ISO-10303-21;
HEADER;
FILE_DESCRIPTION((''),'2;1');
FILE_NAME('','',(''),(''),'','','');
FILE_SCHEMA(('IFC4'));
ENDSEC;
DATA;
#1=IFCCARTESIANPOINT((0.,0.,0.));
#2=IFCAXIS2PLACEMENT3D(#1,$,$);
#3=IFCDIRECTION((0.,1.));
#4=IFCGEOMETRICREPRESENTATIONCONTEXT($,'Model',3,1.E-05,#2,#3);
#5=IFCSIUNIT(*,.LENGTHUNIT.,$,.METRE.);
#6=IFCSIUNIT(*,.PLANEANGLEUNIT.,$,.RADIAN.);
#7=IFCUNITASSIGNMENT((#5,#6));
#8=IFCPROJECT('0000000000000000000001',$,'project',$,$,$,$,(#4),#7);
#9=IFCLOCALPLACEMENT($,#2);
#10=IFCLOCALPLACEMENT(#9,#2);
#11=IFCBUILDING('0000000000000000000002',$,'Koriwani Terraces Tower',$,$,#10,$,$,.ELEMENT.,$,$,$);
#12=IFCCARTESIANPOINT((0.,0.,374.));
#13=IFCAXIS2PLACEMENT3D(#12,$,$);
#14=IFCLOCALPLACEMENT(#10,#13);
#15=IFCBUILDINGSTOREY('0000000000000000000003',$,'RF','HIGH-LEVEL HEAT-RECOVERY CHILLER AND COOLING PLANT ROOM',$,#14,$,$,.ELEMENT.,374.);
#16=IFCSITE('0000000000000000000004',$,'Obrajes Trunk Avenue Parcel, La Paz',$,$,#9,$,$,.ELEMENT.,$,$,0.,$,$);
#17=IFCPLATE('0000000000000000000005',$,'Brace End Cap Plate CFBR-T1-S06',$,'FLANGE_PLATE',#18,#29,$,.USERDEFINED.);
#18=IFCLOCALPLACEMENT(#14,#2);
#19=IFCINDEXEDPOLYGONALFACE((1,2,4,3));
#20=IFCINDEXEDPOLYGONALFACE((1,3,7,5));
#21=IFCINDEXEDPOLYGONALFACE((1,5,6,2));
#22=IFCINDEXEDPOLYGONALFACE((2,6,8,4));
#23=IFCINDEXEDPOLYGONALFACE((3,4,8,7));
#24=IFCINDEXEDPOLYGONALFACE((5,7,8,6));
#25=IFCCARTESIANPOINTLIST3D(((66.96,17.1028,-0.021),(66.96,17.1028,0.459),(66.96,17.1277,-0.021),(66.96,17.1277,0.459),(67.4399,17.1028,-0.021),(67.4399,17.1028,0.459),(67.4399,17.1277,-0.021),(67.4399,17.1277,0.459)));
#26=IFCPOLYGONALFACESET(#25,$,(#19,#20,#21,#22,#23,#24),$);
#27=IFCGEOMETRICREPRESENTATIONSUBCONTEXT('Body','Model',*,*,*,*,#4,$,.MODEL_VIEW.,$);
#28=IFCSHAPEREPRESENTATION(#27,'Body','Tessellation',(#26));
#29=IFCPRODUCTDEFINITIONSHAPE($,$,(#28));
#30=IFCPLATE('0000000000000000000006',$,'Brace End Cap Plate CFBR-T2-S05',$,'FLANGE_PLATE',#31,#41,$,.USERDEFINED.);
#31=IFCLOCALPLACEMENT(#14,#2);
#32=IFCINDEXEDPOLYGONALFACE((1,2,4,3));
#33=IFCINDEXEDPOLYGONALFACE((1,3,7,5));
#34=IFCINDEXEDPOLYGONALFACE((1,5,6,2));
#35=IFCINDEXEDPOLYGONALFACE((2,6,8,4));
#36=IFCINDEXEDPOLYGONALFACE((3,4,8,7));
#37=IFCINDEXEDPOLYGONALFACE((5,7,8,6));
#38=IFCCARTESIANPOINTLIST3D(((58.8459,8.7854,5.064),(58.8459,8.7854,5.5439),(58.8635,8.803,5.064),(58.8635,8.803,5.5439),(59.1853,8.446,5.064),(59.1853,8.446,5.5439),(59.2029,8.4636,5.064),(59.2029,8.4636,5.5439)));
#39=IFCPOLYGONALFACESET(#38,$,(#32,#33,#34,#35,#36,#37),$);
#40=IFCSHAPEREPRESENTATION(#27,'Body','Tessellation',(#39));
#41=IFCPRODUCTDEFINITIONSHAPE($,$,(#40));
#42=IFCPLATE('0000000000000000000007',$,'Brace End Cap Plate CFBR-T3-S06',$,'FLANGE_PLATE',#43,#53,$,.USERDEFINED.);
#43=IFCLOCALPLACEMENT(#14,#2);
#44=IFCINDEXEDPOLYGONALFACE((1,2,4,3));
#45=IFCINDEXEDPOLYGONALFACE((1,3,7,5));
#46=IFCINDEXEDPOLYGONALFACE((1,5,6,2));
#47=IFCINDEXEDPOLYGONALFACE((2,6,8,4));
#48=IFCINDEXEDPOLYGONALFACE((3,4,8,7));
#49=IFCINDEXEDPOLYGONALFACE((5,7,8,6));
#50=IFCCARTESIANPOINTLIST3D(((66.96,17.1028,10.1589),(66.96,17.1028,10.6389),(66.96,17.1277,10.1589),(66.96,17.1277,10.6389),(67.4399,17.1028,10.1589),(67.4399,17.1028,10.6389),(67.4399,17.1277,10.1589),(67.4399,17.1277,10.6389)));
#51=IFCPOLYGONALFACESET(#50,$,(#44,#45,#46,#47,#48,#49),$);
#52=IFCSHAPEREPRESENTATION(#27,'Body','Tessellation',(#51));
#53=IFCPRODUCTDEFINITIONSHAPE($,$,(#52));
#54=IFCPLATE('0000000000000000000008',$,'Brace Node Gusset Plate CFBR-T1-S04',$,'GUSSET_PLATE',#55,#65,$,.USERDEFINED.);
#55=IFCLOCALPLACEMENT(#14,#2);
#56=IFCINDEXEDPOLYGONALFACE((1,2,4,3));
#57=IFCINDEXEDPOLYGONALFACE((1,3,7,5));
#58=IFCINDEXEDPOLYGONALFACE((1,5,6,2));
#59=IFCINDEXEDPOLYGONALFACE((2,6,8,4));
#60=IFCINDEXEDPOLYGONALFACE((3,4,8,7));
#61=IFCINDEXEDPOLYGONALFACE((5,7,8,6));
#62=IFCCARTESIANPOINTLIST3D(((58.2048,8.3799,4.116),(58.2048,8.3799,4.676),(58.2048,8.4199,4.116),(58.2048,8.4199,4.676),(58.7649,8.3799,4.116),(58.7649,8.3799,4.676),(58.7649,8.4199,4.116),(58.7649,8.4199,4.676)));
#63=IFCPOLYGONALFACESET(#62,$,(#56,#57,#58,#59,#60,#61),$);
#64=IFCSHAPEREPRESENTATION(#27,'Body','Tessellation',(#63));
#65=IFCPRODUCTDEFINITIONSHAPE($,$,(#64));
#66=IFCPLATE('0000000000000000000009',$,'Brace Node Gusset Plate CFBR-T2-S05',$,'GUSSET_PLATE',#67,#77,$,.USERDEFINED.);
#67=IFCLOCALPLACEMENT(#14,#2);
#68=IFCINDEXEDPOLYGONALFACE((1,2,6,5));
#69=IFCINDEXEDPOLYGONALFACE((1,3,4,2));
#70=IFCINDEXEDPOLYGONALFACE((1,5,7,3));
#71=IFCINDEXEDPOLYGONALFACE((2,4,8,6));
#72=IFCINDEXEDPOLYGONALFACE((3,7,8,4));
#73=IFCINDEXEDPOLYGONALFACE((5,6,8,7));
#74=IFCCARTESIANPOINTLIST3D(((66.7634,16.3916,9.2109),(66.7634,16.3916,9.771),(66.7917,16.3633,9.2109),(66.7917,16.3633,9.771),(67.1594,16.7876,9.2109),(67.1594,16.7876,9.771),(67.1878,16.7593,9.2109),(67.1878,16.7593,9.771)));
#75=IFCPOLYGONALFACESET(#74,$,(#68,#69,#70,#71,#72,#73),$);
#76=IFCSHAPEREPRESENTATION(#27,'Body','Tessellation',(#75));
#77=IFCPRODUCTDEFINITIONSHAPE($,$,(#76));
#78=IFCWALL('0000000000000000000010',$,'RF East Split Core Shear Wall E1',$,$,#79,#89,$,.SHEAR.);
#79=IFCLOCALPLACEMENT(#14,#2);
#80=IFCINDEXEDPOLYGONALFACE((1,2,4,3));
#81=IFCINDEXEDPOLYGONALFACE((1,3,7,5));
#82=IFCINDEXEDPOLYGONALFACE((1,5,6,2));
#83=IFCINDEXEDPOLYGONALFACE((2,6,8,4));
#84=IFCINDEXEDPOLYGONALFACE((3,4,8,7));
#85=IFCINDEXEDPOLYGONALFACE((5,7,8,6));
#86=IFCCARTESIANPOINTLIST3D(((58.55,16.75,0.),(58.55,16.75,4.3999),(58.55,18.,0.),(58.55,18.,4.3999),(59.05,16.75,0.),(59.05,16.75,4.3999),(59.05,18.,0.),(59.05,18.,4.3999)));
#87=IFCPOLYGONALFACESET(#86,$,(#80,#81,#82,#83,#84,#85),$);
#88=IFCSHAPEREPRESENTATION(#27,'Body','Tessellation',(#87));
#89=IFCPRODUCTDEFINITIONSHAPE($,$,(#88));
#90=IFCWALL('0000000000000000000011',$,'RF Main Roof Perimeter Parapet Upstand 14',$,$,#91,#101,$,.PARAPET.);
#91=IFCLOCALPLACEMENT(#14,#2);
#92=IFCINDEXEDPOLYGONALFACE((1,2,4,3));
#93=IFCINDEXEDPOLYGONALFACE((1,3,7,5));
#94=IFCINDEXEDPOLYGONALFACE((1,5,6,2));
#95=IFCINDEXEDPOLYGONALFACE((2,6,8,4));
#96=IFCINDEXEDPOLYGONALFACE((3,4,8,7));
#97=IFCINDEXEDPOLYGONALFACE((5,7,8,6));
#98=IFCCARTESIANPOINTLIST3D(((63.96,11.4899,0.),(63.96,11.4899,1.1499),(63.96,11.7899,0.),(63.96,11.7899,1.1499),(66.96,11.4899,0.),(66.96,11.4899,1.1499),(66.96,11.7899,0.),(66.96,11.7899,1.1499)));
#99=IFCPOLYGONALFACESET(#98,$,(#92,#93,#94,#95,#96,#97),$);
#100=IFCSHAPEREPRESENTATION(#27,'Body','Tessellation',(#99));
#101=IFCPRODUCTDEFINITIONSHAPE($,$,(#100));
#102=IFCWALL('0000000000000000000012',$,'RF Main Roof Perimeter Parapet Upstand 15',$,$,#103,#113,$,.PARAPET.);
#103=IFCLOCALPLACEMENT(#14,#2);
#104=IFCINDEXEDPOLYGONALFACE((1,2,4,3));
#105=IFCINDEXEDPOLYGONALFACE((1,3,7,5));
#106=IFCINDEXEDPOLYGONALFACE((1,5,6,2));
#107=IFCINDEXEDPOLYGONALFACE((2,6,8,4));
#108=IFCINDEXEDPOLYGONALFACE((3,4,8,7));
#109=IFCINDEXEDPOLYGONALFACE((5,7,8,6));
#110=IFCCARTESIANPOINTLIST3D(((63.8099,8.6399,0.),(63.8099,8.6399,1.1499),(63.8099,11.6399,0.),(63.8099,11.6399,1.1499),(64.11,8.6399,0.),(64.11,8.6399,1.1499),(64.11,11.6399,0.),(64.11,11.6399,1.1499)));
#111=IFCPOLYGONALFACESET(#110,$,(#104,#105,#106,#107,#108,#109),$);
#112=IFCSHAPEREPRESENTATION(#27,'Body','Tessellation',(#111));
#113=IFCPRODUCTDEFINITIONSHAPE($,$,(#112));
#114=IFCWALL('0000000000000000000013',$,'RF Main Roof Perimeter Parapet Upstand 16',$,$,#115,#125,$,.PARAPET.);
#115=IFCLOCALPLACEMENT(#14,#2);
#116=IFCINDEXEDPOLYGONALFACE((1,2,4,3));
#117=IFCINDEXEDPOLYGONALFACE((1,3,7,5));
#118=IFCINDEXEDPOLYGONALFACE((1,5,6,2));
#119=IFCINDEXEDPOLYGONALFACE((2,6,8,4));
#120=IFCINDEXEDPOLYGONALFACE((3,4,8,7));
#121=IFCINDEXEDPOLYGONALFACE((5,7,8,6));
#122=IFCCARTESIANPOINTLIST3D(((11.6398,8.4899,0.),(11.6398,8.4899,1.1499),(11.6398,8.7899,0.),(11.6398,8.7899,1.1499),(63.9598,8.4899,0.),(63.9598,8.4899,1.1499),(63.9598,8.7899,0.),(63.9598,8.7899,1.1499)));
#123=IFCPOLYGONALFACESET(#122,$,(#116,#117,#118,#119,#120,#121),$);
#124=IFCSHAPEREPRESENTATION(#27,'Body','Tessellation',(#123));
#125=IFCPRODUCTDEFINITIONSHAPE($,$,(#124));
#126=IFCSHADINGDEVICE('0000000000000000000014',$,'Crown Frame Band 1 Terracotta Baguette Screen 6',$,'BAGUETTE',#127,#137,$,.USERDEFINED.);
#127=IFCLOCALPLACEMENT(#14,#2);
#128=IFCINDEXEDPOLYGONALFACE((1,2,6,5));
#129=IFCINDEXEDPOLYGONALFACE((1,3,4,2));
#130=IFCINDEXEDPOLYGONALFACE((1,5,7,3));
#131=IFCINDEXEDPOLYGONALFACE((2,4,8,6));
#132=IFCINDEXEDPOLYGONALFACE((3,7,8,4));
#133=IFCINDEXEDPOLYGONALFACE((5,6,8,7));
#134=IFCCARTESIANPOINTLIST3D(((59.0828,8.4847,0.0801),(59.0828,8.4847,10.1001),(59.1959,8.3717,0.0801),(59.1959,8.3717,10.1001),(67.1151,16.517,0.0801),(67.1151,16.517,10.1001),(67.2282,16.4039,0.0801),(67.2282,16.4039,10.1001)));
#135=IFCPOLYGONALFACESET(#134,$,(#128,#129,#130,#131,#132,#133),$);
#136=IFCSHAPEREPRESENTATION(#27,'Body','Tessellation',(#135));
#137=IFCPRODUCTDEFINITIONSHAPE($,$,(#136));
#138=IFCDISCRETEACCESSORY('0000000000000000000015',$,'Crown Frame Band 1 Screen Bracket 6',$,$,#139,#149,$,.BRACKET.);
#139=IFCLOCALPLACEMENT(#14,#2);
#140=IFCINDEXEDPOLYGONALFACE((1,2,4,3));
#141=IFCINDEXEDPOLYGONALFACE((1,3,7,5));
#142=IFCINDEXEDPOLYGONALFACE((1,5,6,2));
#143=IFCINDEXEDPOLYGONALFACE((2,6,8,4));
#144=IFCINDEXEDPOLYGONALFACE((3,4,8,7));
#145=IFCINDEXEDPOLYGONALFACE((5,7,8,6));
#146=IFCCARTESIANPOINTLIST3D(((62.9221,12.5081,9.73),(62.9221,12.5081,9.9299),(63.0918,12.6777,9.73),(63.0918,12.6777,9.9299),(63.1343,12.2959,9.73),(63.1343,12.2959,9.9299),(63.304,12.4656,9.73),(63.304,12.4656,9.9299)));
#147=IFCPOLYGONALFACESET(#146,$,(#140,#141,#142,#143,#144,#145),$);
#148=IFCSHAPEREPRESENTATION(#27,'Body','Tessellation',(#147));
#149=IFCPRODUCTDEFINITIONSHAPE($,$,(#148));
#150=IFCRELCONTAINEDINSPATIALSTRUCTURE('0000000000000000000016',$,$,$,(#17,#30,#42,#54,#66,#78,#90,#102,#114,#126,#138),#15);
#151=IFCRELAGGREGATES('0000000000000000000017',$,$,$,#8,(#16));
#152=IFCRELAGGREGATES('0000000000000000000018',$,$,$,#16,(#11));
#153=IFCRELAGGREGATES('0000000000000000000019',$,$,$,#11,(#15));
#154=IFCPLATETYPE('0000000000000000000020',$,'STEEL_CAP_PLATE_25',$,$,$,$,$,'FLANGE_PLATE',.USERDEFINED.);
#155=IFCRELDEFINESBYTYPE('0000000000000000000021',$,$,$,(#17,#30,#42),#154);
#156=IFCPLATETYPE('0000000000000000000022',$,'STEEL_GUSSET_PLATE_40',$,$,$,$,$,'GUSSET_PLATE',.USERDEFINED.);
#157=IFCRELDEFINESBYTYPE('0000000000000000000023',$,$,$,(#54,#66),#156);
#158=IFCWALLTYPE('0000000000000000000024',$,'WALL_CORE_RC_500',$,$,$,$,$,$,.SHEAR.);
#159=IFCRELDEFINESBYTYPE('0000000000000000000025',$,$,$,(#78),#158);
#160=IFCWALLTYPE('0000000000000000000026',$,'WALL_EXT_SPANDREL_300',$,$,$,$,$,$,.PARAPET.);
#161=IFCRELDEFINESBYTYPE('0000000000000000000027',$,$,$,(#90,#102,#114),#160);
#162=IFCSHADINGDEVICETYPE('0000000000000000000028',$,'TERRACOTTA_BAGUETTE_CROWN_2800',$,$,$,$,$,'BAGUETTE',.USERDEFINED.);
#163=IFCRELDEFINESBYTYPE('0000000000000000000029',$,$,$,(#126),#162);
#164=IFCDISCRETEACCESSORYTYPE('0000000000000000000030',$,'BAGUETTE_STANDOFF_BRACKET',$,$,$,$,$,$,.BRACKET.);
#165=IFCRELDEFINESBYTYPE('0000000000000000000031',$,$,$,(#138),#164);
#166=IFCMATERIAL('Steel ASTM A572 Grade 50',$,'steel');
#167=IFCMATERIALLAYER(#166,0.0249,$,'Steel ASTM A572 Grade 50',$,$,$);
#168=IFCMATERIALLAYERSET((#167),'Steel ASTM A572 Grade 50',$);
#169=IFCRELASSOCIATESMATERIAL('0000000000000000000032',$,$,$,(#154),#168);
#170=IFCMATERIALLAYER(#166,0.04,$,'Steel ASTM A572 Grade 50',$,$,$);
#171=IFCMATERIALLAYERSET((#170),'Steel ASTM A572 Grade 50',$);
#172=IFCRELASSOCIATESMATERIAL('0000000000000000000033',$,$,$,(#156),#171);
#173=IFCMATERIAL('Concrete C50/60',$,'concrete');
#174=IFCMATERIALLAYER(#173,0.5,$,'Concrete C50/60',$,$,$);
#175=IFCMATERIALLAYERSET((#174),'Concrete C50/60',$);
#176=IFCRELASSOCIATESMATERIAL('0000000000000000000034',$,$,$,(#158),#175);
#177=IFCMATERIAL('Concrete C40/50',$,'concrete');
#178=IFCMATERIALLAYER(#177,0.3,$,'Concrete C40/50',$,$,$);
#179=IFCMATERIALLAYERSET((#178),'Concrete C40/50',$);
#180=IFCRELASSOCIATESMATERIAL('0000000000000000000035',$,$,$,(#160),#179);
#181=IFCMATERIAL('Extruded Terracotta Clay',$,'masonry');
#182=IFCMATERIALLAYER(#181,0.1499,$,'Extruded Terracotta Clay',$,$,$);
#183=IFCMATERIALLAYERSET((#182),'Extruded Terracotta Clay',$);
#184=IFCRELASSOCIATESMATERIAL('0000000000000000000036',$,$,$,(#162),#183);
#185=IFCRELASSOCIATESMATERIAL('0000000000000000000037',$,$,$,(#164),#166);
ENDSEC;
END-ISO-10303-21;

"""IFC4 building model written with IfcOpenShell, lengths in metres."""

from ifc_helpers import new_model, si_unit, direction, frame, frame_2d, origin, origin_2d, place, context, subcontext, project, spatial, rectangle, extrude, material, layer, layer_set, type_object, element, save


model = new_model("IFC4")

# Units and contexts
model_context = context("Model", 3, precision=1e-05, world=origin(), true_north=direction((0.0, 1.0)))
body_context = subcontext(model_context, "Body", "Model", "MODEL_VIEW")
ifc_project = project(units=[si_unit("LENGTHUNIT", "METRE"), si_unit("PLANEANGLEUNIT", "RADIAN")], contexts=[model_context])

# Site, building, storey
site_placement = place(None, origin())
site = spatial("IfcSite", under=ifc_project, at=site_placement, Name="Obrajes Trunk Avenue Parcel, La Paz", CompositionType="ELEMENT", RefElevation=0.0)
building_placement = place(site_placement, origin())
building = spatial("IfcBuilding", under=site, at=building_placement, Name="Koriwani Terraces Tower", CompositionType="ELEMENT")
storey_placement = place(building_placement, frame((0.0, 0.0, 374.0)))
storey = spatial("IfcBuildingStorey", under=building, at=storey_placement, Name="RF", Description="HIGH-LEVEL HEAT-RECOVERY CHILLER AND COOLING PLANT ROOM", CompositionType="ELEMENT", Elevation=374.0)

# Shared definitions
ifc_material_1 = material(Name="Steel ASTM A572 Grade 50", Category="steel")

# Shared definitions
ifc_material_2 = material(Name="Concrete C40/50", Category="concrete")

# Plates
ifc_layer_1 = layer(ifc_material_1, 0.0249, Name="Steel ASTM A572 Grade 50")
ifc_layer_set_1 = layer_set([ifc_layer_1], Name="Steel ASTM A572 Grade 50")
plate_type_1 = type_object("IfcPlateType", Name="STEEL_CAP_PLATE_25", ElementType="FLANGE_PLATE", PredefinedType="USERDEFINED", material=ifc_layer_set_1)
for number, where, z_axis, x_axis, name in (
    (1, (67.2, 17.1152, -0.021), (0.0, 0.0, 1.0), (0.0, 1.0, 0.0), "Brace End Cap Plate CFBR-T1-S06"),
    (2, (59.0244, 8.6245, 5.064), (0.0, 0.0, 1.0), (0.707107, 0.707107, 0.0), "Brace End Cap Plate CFBR-T2-S05"),
    (3, (67.2, 17.1152, 10.1589), (0.0, 0.0, 1.0), (0.0, 1.0, 0.0), "Brace End Cap Plate CFBR-T3-S06"),
):
    element("IfcPlate", number, at=place(storey_placement, frame(where, z_axis=z_axis, x_axis=x_axis)), inside=storey, type_object=plate_type_1, Name=name, ObjectType="FLANGE_PLATE", PredefinedType="USERDEFINED", context=body_context, shape_type="SweptSolid", body=[
        extrude(rectangle(XDim=0.0249, YDim=0.48, at=origin_2d()), origin(), (0.0, 0.0, 1.0), 0.48),
    ])
ifc_layer_2 = layer(ifc_material_1, 0.04, Name="Steel ASTM A572 Grade 50")
ifc_layer_set_2 = layer_set([ifc_layer_2], Name="Steel ASTM A572 Grade 50")
plate_type_2 = type_object("IfcPlateType", Name="STEEL_GUSSET_PLATE_40", ElementType="GUSSET_PLATE", PredefinedType="USERDEFINED", material=ifc_layer_set_2)
for number, where, z_axis, x_axis, name in (
    (4, (58.4849, 8.3999, 4.116), (0.0, 0.0, 1.0), (1.0, 0.0, 0.0), "Brace Node Gusset Plate CFBR-T1-S04"),
    (5, (66.9756, 16.5754, 9.2109), (0.0, 0.0, 1.0), (0.707107, 0.707107, 0.0), "Brace Node Gusset Plate CFBR-T2-S05"),
):
    element("IfcPlate", number, at=place(storey_placement, frame(where, z_axis=z_axis, x_axis=x_axis)), inside=storey, type_object=plate_type_2, Name=name, ObjectType="GUSSET_PLATE", PredefinedType="USERDEFINED", context=body_context, shape_type="SweptSolid", body=[
        extrude(rectangle(XDim=0.5601, YDim=0.04, at=origin_2d()), origin(), (0.0, 0.0, 1.0), 0.5601),
    ])

# Walls
ifc_material_3 = material(Name="Concrete C50/60", Category="concrete")
ifc_layer_3 = layer(ifc_material_3, 0.5, Name="Concrete C50/60")
ifc_layer_set_3 = layer_set([ifc_layer_3], Name="Concrete C50/60")
wall_type_1 = type_object("IfcWallType", Name="WALL_CORE_RC_500", PredefinedType="SHEAR", material=ifc_layer_set_3)
wall_1_placement = place(storey_placement, frame((58.8, 16.75, 0.0), z_axis=(0.0, 0.0, 1.0), x_axis=(0.0, 1.0, 0.0)))
element("IfcWall", 6, at=wall_1_placement, inside=storey, type_object=wall_type_1, Name="RF East Split Core Shear Wall E1", PredefinedType="SHEAR", context=body_context, shape_type="SweptSolid", body=[
    extrude(rectangle(XDim=1.25, YDim=0.5, at=frame_2d((0.625, 0.0))), origin(), (0.0, 0.0, 1.0), 4.3999),
])
ifc_layer_4 = layer(ifc_material_2, 0.3, Name="Concrete C40/50")
ifc_layer_set_4 = layer_set([ifc_layer_4], Name="Concrete C40/50")
wall_type_2 = type_object("IfcWallType", Name="WALL_EXT_SPANDREL_300", PredefinedType="PARAPET", material=ifc_layer_set_4)
for number, where, z_axis, x_axis, name in (
    (7, (66.96, 11.6399, 0.0), (0.0, 0.0, 1.0), (-1.0, 0.0, 0.0), "RF Main Roof Perimeter Parapet Upstand 14"),
    (8, (63.96, 11.6399, 0.0), (0.0, 0.0, 1.0), (0.0, -1.0, 0.0), "RF Main Roof Perimeter Parapet Upstand 15"),
):
    element("IfcWall", number, at=place(storey_placement, frame(where, z_axis=z_axis, x_axis=x_axis)), inside=storey, type_object=wall_type_2, Name=name, PredefinedType="PARAPET", context=body_context, shape_type="SweptSolid", body=[
        extrude(rectangle(XDim=3.0, YDim=0.3, at=frame_2d((1.5, 0.0))), origin(), (0.0, 0.0, 1.0), 1.1499),
    ])
wall_2_placement = place(storey_placement, frame((63.96, 8.6399, 0.0), z_axis=(0.0, 0.0, 1.0), x_axis=(-1.0, 0.0, 0.0)))
element("IfcWall", 9, at=wall_2_placement, inside=storey, type_object=wall_type_2, Name="RF Main Roof Perimeter Parapet Upstand 16", PredefinedType="PARAPET", context=body_context, shape_type="SweptSolid", body=[
    extrude(rectangle(XDim=52.3201, YDim=0.3, at=frame_2d((26.1602, 0.0))), origin(), (0.0, 0.0, 1.0), 1.1499),
])

# Shading device
ifc_material_4 = material(Name="Extruded Terracotta Clay", Category="masonry")
ifc_layer_5 = layer(ifc_material_4, 0.1499, Name="Extruded Terracotta Clay")
ifc_layer_set_5 = layer_set([ifc_layer_5], Name="Extruded Terracotta Clay")
shading_device_type = type_object("IfcShadingDeviceType", Name="TERRACOTTA_BAGUETTE_CROWN_2800", ElementType="BAGUETTE", PredefinedType="USERDEFINED", material=ifc_layer_set_5)
shading_device_placement = place(storey_placement, frame((63.1555, 12.4443, 0.0801), z_axis=(0.0, 0.0, 1.0), x_axis=(0.707107, 0.707107, 0.0)))
element("IfcShadingDevice", 10, at=shading_device_placement, inside=storey, type_object=shading_device_type, Name="Crown Frame Band 1 Terracotta Baguette Screen 6", ObjectType="BAGUETTE", PredefinedType="USERDEFINED", context=body_context, shape_type="SweptSolid", body=[
    extrude(rectangle(XDim=11.3594, YDim=0.1599, at=origin_2d()), origin(), (0.0, 0.0, 1.0), 10.02),
])

# Discrete accessory
discrete_accessory_type = type_object("IfcDiscreteAccessoryType", Name="BAGUETTE_STANDOFF_BRACKET", PredefinedType="BRACKET", material=ifc_material_1)
discrete_accessory_placement = place(storey_placement, frame((63.113, 12.4868, 9.73), z_axis=(0.0, 0.0, 1.0), x_axis=(0.707107, 0.707107, 0.0)))
element("IfcDiscreteAccessory", 11, at=discrete_accessory_placement, inside=storey, type_object=discrete_accessory_type, Name="Crown Frame Band 1 Screen Bracket 6", PredefinedType="BRACKET", context=body_context, shape_type="SweptSolid", body=[
    extrude(rectangle(XDim=0.24, YDim=0.3, at=origin_2d()), origin(), (0.0, 0.0, 1.0), 0.2),
])

save(model, "model.ifc")
